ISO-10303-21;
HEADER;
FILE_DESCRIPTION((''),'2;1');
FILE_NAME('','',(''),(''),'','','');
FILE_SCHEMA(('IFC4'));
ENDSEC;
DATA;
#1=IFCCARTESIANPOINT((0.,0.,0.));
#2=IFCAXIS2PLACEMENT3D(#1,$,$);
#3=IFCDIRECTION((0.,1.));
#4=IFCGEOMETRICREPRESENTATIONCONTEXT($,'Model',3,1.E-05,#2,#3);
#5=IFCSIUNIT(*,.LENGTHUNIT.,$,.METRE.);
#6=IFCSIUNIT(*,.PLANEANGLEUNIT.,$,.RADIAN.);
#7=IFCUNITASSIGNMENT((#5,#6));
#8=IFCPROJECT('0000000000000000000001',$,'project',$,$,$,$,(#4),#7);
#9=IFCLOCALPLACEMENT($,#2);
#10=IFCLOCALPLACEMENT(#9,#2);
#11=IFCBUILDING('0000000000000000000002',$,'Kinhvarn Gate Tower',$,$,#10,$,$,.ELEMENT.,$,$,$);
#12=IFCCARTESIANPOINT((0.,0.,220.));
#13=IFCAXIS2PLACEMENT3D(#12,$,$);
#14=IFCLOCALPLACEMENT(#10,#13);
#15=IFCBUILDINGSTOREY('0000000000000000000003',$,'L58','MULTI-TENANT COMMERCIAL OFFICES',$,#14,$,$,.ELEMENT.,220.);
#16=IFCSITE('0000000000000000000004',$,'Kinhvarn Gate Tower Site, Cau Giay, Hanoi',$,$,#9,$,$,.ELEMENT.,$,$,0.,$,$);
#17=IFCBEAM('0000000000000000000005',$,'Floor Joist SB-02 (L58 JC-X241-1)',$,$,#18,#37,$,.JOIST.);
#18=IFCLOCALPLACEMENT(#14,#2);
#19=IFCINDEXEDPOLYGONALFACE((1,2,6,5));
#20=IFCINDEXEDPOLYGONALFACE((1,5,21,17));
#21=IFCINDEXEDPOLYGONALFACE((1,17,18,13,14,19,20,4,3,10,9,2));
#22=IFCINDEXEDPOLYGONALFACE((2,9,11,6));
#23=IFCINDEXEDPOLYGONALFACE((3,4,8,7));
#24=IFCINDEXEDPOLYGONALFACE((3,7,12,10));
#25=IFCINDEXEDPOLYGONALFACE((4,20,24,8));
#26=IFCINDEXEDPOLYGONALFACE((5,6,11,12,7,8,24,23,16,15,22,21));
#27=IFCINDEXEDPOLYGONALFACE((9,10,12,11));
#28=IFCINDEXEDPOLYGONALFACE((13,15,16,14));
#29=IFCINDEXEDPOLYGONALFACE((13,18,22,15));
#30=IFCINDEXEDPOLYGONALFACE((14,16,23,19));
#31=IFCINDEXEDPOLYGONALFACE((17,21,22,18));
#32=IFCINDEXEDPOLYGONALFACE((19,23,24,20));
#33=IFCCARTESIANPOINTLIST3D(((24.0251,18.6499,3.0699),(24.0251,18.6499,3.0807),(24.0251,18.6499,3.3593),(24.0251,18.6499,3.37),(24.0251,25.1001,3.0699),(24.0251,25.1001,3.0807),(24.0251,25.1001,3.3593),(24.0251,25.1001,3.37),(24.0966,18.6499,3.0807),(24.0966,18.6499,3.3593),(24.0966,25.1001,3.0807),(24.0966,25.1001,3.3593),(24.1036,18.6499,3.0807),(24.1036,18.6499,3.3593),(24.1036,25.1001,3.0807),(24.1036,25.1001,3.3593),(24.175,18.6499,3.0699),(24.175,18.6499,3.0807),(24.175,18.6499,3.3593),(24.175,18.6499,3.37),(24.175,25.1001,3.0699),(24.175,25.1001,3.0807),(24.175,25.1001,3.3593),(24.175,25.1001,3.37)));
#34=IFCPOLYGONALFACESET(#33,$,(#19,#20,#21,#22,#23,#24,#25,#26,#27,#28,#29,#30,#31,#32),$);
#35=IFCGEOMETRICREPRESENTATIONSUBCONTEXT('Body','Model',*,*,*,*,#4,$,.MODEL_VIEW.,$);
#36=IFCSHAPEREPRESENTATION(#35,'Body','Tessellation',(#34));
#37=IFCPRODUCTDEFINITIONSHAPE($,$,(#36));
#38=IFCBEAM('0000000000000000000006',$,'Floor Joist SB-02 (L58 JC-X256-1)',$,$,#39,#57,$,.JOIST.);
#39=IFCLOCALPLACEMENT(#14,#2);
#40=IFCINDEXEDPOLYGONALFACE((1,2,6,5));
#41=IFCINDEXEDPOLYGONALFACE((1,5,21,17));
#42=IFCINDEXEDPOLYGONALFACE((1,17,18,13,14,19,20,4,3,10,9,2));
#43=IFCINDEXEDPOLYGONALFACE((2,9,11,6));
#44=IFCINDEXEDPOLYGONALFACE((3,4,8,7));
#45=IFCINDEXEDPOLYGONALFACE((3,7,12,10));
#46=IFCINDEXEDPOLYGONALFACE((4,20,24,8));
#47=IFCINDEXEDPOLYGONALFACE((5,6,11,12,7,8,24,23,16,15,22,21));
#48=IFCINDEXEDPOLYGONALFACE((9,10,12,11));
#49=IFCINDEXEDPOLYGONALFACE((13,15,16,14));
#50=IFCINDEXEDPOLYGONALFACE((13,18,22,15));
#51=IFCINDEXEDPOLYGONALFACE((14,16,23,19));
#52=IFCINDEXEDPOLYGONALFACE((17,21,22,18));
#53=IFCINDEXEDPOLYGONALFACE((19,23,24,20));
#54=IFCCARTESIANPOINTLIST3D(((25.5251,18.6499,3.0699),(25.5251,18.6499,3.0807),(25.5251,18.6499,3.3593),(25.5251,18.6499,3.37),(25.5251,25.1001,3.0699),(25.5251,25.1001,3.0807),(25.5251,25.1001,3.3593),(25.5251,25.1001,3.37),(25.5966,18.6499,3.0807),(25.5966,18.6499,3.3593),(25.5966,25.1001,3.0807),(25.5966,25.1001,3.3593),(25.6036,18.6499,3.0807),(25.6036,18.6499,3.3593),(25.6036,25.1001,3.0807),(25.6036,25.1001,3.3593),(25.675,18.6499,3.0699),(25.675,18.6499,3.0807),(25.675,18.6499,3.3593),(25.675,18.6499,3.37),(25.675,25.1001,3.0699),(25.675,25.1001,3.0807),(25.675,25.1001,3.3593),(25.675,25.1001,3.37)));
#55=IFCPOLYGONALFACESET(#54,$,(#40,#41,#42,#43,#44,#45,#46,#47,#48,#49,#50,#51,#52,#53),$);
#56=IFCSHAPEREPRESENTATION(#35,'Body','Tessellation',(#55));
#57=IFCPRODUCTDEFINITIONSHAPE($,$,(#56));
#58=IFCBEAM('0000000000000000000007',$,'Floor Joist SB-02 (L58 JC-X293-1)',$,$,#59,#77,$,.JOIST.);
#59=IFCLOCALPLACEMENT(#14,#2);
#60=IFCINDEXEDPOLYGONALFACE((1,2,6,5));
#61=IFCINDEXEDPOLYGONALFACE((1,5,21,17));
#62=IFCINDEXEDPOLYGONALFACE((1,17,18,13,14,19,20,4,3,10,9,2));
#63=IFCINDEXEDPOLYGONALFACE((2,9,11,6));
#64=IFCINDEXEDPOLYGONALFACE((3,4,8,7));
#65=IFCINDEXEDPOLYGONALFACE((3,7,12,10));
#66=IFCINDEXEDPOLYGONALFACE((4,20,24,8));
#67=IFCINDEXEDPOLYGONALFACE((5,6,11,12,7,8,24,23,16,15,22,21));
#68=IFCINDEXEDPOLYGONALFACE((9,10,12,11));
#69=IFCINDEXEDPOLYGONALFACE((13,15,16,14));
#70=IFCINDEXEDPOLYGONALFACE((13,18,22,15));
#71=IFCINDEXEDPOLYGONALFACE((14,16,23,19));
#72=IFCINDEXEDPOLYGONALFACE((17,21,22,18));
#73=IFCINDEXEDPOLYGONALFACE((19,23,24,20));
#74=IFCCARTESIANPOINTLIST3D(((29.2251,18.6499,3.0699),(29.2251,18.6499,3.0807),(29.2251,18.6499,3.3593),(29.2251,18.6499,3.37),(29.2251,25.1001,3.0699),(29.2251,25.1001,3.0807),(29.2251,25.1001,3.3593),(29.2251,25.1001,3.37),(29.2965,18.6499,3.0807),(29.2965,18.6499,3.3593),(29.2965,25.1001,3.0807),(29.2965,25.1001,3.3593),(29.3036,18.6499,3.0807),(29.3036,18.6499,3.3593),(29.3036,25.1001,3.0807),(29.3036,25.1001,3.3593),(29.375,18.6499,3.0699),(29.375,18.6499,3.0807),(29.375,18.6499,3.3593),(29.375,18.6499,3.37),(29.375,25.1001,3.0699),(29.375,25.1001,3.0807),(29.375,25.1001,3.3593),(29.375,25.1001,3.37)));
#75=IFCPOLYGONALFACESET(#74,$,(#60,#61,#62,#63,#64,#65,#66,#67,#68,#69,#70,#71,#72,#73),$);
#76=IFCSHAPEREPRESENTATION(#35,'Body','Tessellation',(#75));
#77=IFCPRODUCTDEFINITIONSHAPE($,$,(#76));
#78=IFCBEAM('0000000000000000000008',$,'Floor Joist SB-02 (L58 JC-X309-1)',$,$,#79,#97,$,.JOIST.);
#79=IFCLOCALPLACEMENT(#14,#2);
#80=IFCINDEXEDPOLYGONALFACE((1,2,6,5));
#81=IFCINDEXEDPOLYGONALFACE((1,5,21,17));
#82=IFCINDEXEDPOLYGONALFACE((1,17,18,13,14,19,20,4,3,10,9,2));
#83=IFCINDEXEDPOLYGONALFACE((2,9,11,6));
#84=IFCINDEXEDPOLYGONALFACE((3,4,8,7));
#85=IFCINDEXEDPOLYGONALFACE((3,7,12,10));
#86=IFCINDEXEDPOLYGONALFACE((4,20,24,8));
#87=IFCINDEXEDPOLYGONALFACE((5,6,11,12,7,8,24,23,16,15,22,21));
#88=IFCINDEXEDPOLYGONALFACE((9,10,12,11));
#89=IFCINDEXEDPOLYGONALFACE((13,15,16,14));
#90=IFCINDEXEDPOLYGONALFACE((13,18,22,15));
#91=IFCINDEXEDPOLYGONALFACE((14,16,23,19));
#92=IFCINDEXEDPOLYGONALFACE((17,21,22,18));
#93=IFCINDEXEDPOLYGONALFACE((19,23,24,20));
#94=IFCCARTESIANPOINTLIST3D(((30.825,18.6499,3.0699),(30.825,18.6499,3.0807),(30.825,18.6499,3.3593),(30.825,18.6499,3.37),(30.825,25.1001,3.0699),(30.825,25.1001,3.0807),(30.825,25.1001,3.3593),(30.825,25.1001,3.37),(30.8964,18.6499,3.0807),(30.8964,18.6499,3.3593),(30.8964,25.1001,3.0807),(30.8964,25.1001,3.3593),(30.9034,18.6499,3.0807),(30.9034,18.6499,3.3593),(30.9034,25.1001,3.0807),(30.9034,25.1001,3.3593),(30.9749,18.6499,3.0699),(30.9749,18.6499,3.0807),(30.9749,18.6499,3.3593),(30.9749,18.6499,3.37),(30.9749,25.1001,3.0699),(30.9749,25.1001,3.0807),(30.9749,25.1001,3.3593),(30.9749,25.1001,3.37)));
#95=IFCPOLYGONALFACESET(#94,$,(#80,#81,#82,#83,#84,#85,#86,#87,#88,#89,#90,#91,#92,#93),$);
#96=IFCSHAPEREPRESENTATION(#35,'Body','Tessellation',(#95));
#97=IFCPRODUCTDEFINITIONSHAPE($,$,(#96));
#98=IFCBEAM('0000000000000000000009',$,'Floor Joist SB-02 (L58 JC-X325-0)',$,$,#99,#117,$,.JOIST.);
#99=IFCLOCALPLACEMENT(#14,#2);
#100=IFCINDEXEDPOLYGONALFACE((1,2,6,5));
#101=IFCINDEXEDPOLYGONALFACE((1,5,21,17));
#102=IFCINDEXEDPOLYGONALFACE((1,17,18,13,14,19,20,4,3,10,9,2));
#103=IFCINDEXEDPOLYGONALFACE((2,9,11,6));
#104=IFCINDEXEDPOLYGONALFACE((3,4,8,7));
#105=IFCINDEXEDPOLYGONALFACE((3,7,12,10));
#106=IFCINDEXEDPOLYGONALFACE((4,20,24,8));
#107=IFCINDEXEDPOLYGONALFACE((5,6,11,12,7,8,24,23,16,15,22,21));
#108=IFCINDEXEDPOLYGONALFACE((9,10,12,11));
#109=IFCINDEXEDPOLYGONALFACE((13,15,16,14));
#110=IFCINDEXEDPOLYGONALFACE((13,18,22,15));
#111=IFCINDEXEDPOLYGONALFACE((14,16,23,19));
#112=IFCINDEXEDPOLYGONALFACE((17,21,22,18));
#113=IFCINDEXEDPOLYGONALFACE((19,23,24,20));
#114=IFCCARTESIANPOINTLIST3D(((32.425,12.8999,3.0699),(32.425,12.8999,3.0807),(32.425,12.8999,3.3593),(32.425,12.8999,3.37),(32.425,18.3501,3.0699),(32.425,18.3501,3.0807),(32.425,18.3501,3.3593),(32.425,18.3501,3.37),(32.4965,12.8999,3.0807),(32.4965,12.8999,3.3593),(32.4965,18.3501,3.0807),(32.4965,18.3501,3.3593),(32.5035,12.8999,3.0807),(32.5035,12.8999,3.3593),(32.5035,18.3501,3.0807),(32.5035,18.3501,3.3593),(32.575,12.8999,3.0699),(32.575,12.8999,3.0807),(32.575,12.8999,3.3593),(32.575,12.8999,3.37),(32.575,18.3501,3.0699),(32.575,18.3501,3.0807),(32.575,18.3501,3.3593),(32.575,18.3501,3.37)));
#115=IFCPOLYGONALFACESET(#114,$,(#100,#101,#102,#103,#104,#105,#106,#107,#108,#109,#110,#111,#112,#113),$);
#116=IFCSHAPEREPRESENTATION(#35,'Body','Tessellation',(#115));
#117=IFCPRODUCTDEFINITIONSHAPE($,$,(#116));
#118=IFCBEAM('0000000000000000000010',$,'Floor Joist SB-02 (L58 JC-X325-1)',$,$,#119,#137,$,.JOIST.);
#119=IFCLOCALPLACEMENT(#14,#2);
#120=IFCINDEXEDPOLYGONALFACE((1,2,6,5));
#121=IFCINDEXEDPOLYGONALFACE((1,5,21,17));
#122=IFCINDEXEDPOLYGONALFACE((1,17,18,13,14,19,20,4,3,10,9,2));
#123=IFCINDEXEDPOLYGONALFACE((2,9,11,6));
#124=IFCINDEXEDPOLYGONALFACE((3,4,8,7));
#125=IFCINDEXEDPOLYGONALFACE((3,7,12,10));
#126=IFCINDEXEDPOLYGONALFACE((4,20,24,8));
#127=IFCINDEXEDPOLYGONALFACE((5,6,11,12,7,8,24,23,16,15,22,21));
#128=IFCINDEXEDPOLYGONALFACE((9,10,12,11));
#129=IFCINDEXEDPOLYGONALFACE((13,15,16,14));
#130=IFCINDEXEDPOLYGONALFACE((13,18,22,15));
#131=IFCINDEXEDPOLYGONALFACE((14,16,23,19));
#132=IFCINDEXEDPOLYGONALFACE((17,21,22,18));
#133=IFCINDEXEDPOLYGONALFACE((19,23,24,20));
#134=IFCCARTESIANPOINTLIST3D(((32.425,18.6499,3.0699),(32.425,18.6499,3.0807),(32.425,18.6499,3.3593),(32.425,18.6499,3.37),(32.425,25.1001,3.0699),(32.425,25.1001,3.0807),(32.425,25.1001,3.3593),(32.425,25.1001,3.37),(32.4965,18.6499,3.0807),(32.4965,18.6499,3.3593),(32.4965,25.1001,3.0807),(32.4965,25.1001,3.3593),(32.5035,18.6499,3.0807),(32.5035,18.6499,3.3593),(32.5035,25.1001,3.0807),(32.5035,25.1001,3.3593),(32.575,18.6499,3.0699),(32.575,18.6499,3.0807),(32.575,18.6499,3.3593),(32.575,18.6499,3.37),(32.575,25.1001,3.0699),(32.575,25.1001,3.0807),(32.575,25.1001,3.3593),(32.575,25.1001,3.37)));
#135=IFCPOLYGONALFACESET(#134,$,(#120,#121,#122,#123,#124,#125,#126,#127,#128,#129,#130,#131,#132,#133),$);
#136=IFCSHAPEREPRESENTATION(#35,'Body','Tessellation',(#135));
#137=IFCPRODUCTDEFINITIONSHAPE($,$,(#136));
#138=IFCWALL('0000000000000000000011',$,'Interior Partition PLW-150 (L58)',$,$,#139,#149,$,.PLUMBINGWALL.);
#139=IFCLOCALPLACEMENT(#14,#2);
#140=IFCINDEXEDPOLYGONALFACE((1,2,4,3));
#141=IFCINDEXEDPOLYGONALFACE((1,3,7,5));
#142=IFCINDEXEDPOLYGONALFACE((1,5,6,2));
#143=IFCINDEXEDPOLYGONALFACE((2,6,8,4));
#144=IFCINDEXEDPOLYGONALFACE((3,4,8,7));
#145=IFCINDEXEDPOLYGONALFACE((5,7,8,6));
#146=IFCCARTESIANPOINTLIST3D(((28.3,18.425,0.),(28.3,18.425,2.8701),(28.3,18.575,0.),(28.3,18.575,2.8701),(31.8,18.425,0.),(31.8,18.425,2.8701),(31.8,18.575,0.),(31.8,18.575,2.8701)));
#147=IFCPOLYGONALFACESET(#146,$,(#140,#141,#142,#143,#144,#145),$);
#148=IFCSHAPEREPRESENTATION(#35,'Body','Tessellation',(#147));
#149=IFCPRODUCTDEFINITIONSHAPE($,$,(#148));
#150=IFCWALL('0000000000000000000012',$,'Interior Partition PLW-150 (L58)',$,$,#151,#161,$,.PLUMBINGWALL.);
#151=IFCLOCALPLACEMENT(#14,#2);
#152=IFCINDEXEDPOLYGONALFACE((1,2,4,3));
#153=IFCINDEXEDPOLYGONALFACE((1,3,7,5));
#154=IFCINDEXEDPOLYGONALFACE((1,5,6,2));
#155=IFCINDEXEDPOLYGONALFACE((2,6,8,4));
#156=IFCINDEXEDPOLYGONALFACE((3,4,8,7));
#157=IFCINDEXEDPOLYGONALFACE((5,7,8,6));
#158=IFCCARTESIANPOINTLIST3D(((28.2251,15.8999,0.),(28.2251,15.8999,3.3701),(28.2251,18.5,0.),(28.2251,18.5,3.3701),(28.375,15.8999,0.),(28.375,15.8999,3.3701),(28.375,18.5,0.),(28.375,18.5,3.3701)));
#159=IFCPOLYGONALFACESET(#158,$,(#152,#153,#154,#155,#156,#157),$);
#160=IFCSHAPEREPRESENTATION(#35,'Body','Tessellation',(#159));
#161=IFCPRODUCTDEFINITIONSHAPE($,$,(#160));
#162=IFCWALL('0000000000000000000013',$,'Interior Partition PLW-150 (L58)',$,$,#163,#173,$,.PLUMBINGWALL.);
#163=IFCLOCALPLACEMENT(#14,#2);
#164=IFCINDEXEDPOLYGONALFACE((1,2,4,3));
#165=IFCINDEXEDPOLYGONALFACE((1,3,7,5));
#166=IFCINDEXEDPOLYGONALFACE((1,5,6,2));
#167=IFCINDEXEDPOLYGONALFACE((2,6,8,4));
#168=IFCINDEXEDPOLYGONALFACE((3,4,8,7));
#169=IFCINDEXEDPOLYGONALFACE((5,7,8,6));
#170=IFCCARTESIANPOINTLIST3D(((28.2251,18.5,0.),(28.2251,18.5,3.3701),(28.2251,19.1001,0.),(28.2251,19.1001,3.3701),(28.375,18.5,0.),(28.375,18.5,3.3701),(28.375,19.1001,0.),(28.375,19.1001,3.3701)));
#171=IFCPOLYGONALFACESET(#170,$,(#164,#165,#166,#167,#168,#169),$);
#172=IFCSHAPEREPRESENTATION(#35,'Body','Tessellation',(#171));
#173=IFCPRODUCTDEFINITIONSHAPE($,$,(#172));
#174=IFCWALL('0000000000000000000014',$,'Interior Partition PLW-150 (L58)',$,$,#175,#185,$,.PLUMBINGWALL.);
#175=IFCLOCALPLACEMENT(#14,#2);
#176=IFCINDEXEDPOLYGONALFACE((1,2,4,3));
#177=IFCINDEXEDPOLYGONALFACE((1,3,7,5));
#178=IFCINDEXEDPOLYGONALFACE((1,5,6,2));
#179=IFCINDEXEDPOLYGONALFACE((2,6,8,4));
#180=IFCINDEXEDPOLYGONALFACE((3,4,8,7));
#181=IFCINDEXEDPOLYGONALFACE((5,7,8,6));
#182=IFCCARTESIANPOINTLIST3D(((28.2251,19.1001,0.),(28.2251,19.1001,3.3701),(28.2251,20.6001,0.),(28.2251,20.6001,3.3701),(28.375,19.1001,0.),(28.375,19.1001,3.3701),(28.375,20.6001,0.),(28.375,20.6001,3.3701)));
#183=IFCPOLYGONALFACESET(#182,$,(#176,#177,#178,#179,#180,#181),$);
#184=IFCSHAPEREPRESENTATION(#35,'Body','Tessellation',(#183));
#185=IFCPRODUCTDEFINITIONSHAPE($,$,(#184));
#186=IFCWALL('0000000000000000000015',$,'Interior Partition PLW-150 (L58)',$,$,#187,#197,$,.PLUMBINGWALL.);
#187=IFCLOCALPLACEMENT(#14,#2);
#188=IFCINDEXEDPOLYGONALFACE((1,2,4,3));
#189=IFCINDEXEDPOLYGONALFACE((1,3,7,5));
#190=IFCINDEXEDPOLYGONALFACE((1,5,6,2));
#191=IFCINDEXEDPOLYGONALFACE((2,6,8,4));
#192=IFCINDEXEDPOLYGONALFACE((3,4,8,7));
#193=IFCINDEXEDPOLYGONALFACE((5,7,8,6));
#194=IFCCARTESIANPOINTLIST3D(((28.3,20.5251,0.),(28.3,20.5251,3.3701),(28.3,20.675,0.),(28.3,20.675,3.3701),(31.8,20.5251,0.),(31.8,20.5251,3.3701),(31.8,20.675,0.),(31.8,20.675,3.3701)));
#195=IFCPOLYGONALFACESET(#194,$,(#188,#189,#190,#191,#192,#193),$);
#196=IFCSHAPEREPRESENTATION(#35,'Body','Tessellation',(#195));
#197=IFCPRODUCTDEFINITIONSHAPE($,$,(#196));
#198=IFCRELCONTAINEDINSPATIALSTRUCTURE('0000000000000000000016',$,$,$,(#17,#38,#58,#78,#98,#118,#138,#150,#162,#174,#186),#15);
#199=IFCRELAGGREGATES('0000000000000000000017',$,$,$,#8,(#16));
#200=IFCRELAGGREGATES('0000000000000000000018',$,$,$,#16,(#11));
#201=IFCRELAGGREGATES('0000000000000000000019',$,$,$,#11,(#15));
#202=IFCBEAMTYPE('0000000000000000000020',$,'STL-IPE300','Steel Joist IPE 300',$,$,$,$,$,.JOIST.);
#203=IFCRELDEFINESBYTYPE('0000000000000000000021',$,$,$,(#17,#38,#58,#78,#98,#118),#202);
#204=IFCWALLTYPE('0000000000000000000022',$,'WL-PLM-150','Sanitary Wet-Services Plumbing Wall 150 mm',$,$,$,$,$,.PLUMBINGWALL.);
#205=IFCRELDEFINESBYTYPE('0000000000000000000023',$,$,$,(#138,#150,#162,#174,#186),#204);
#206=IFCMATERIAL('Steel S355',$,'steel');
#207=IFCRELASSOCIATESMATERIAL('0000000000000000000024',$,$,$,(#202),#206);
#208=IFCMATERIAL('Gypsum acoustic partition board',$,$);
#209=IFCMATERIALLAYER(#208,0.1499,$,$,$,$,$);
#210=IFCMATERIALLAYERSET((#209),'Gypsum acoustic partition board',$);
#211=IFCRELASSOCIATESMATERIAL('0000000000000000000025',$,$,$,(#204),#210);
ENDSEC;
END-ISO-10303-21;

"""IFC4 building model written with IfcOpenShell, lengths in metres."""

from ifc_helpers import new_model, si_unit, direction, frame, frame_2d, origin, origin_2d, place, context, subcontext, project, spatial, rectangle, i_section, extrude, material, layer, layer_set, material_profile, profile_set, type_object, element, save


model = new_model("IFC4")

# Units and contexts
model_context = context("Model", 3, precision=1e-05, world=origin(), true_north=direction((0.0, 1.0)))
body_context = subcontext(model_context, "Body", "Model", "MODEL_VIEW")
ifc_project = project(units=[si_unit("LENGTHUNIT", "METRE"), si_unit("PLANEANGLEUNIT", "RADIAN")], contexts=[model_context])

# Site, building, storey
site_placement = place(None, origin())
site = spatial("IfcSite", under=ifc_project, at=site_placement, Name="Kinhvarn Gate Tower Site, Cau Giay, Hanoi", CompositionType="ELEMENT", RefElevation=0.0)
building_placement = place(site_placement, origin())
building = spatial("IfcBuilding", under=site, at=building_placement, Name="Kinhvarn Gate Tower", CompositionType="ELEMENT")
storey_placement = place(building_placement, frame((0.0, 0.0, 220.0)))
storey = spatial("IfcBuildingStorey", under=building, at=storey_placement, Name="L58", Description="MULTI-TENANT COMMERCIAL OFFICES", CompositionType="ELEMENT", Elevation=220.0)

# Beams
ifc_material_1 = material(Name="Steel S355", Category="steel")
ifc_material_profile = material_profile(ifc_material_1, i_section(OverallWidth=0.1499, OverallDepth=0.3, WebThickness=0.0071, FlangeThickness=0.0107, at=origin_2d()), Name="IPE 300")
ifc_profile_set = profile_set([ifc_material_profile], Name="Steel S355")
beam_type = type_object("IfcBeamType", Name="STL-IPE300", Description="Steel Joist IPE 300", PredefinedType="JOIST", material=ifc_profile_set)
for number, where, z_axis, x_axis, name in (
    (1, (24.1001, 18.6499, 3.22), (0.0, 1.0, 0.0), (-1.0, 0.0, 0.0), "Floor Joist SB-02 (L58 JC-X241-1)"),
    (2, (25.6001, 18.6499, 3.22), (0.0, 1.0, 0.0), (-1.0, 0.0, 0.0), "Floor Joist SB-02 (L58 JC-X256-1)"),
    (3, (29.3, 18.6499, 3.22), (0.0, 1.0, 0.0), (-1.0, 0.0, 0.0), "Floor Joist SB-02 (L58 JC-X293-1)"),
    (4, (30.8999, 18.6499, 3.22), (0.0, 1.0, 0.0), (-1.0, 0.0, 0.0), "Floor Joist SB-02 (L58 JC-X309-1)"),
):
    element("IfcBeam", number, at=place(storey_placement, frame(where, z_axis=z_axis, x_axis=x_axis)), inside=storey, type_object=beam_type, Name=name, PredefinedType="JOIST", context=body_context, shape_type="SweptSolid", body=[
        extrude(i_section(OverallWidth=0.1499, OverallDepth=0.3, WebThickness=0.0071, FlangeThickness=0.0107, at=origin_2d()), origin(), (0.0, 0.0, 1.0), 6.4502),
    ])
beam_1_placement = place(storey_placement, frame((32.5, 12.8999, 3.22), z_axis=(0.0, 1.0, 0.0), x_axis=(-1.0, 0.0, 0.0)))
element("IfcBeam", 5, at=beam_1_placement, inside=storey, type_object=beam_type, Name="Floor Joist SB-02 (L58 JC-X325-0)", PredefinedType="JOIST", context=body_context, shape_type="SweptSolid", body=[
    extrude(i_section(OverallWidth=0.1499, OverallDepth=0.3, WebThickness=0.0071, FlangeThickness=0.0107, at=origin_2d()), origin(), (0.0, 0.0, 1.0), 5.4502),
])
beam_2_placement = place(storey_placement, frame((32.5, 18.6499, 3.22), z_axis=(0.0, 1.0, 0.0), x_axis=(-1.0, 0.0, 0.0)))
element("IfcBeam", 6, at=beam_2_placement, inside=storey, type_object=beam_type, Name="Floor Joist SB-02 (L58 JC-X325-1)", PredefinedType="JOIST", context=body_context, shape_type="SweptSolid", body=[
    extrude(i_section(OverallWidth=0.1499, OverallDepth=0.3, WebThickness=0.0071, FlangeThickness=0.0107, at=origin_2d()), origin(), (0.0, 0.0, 1.0), 6.4502),
])

# Walls
ifc_material_2 = material(Name="Gypsum acoustic partition board")
ifc_layer_1 = layer(ifc_material_2, 0.1499)
ifc_layer_set_1 = layer_set([ifc_layer_1], Name="Gypsum acoustic partition board")
wall_type_1 = type_object("IfcWallType", Name="WL-PLM-150", Description="Sanitary Wet-Services Plumbing Wall 150 mm", PredefinedType="PLUMBINGWALL", material=ifc_layer_set_1)
wall_1_placement = place(storey_placement, frame((28.3, 18.5, 0.0), z_axis=(0.0, 0.0, 1.0), x_axis=(1.0, 0.0, 0.0)))
element("IfcWall", 7, at=wall_1_placement, inside=storey, type_object=wall_type_1, Name="Interior Partition PLW-150 (L58)", PredefinedType="PLUMBINGWALL", context=body_context, shape_type="SweptSolid", body=[
    extrude(rectangle(XDim=3.5, YDim=0.1499, at=frame_2d((1.75, 0.0))), origin(), (0.0, 0.0, 1.0), 2.8701),
])
wall_2_placement = place(storey_placement, frame((28.3, 15.8999, 0.0), z_axis=(0.0, 0.0, 1.0), x_axis=(0.0, 1.0, 0.0)))
element("IfcWall", 8, at=wall_2_placement, inside=storey, type_object=wall_type_1, Name="Interior Partition PLW-150 (L58)", PredefinedType="PLUMBINGWALL", context=body_context, shape_type="SweptSolid", body=[
    extrude(rectangle(XDim=2.6001, YDim=0.1499, at=frame_2d((1.3, 0.0))), origin(), (0.0, 0.0, 1.0), 3.3701),
])
wall_3_placement = place(storey_placement, frame((28.3, 18.5, 0.0), z_axis=(0.0, 0.0, 1.0), x_axis=(0.0, 1.0, 0.0)))
element("IfcWall", 9, at=wall_3_placement, inside=storey, type_object=wall_type_1, Name="Interior Partition PLW-150 (L58)", PredefinedType="PLUMBINGWALL", context=body_context, shape_type="SweptSolid", body=[
    extrude(rectangle(XDim=0.6001, YDim=0.1499, at=frame_2d((0.3, 0.0))), origin(), (0.0, 0.0, 1.0), 3.3701),
])
wall_4_placement = place(storey_placement, frame((28.3, 19.1001, 0.0), z_axis=(0.0, 0.0, 1.0), x_axis=(0.0, 1.0, 0.0)))
element("IfcWall", 10, at=wall_4_placement, inside=storey, type_object=wall_type_1, Name="Interior Partition PLW-150 (L58)", PredefinedType="PLUMBINGWALL", context=body_context, shape_type="SweptSolid", body=[
    extrude(rectangle(XDim=1.5, YDim=0.1499, at=frame_2d((0.75, 0.0))), origin(), (0.0, 0.0, 1.0), 3.3701),
])
wall_5_placement = place(storey_placement, frame((28.3, 20.6001, 0.0), z_axis=(0.0, 0.0, 1.0), x_axis=(1.0, 0.0, 0.0)))
element("IfcWall", 11, at=wall_5_placement, inside=storey, type_object=wall_type_1, Name="Interior Partition PLW-150 (L58)", PredefinedType="PLUMBINGWALL", context=body_context, shape_type="SweptSolid", body=[
    extrude(rectangle(XDim=3.5, YDim=0.1499, at=frame_2d((1.75, 0.0))), origin(), (0.0, 0.0, 1.0), 3.3701),
])

save(model, "model.ifc")
